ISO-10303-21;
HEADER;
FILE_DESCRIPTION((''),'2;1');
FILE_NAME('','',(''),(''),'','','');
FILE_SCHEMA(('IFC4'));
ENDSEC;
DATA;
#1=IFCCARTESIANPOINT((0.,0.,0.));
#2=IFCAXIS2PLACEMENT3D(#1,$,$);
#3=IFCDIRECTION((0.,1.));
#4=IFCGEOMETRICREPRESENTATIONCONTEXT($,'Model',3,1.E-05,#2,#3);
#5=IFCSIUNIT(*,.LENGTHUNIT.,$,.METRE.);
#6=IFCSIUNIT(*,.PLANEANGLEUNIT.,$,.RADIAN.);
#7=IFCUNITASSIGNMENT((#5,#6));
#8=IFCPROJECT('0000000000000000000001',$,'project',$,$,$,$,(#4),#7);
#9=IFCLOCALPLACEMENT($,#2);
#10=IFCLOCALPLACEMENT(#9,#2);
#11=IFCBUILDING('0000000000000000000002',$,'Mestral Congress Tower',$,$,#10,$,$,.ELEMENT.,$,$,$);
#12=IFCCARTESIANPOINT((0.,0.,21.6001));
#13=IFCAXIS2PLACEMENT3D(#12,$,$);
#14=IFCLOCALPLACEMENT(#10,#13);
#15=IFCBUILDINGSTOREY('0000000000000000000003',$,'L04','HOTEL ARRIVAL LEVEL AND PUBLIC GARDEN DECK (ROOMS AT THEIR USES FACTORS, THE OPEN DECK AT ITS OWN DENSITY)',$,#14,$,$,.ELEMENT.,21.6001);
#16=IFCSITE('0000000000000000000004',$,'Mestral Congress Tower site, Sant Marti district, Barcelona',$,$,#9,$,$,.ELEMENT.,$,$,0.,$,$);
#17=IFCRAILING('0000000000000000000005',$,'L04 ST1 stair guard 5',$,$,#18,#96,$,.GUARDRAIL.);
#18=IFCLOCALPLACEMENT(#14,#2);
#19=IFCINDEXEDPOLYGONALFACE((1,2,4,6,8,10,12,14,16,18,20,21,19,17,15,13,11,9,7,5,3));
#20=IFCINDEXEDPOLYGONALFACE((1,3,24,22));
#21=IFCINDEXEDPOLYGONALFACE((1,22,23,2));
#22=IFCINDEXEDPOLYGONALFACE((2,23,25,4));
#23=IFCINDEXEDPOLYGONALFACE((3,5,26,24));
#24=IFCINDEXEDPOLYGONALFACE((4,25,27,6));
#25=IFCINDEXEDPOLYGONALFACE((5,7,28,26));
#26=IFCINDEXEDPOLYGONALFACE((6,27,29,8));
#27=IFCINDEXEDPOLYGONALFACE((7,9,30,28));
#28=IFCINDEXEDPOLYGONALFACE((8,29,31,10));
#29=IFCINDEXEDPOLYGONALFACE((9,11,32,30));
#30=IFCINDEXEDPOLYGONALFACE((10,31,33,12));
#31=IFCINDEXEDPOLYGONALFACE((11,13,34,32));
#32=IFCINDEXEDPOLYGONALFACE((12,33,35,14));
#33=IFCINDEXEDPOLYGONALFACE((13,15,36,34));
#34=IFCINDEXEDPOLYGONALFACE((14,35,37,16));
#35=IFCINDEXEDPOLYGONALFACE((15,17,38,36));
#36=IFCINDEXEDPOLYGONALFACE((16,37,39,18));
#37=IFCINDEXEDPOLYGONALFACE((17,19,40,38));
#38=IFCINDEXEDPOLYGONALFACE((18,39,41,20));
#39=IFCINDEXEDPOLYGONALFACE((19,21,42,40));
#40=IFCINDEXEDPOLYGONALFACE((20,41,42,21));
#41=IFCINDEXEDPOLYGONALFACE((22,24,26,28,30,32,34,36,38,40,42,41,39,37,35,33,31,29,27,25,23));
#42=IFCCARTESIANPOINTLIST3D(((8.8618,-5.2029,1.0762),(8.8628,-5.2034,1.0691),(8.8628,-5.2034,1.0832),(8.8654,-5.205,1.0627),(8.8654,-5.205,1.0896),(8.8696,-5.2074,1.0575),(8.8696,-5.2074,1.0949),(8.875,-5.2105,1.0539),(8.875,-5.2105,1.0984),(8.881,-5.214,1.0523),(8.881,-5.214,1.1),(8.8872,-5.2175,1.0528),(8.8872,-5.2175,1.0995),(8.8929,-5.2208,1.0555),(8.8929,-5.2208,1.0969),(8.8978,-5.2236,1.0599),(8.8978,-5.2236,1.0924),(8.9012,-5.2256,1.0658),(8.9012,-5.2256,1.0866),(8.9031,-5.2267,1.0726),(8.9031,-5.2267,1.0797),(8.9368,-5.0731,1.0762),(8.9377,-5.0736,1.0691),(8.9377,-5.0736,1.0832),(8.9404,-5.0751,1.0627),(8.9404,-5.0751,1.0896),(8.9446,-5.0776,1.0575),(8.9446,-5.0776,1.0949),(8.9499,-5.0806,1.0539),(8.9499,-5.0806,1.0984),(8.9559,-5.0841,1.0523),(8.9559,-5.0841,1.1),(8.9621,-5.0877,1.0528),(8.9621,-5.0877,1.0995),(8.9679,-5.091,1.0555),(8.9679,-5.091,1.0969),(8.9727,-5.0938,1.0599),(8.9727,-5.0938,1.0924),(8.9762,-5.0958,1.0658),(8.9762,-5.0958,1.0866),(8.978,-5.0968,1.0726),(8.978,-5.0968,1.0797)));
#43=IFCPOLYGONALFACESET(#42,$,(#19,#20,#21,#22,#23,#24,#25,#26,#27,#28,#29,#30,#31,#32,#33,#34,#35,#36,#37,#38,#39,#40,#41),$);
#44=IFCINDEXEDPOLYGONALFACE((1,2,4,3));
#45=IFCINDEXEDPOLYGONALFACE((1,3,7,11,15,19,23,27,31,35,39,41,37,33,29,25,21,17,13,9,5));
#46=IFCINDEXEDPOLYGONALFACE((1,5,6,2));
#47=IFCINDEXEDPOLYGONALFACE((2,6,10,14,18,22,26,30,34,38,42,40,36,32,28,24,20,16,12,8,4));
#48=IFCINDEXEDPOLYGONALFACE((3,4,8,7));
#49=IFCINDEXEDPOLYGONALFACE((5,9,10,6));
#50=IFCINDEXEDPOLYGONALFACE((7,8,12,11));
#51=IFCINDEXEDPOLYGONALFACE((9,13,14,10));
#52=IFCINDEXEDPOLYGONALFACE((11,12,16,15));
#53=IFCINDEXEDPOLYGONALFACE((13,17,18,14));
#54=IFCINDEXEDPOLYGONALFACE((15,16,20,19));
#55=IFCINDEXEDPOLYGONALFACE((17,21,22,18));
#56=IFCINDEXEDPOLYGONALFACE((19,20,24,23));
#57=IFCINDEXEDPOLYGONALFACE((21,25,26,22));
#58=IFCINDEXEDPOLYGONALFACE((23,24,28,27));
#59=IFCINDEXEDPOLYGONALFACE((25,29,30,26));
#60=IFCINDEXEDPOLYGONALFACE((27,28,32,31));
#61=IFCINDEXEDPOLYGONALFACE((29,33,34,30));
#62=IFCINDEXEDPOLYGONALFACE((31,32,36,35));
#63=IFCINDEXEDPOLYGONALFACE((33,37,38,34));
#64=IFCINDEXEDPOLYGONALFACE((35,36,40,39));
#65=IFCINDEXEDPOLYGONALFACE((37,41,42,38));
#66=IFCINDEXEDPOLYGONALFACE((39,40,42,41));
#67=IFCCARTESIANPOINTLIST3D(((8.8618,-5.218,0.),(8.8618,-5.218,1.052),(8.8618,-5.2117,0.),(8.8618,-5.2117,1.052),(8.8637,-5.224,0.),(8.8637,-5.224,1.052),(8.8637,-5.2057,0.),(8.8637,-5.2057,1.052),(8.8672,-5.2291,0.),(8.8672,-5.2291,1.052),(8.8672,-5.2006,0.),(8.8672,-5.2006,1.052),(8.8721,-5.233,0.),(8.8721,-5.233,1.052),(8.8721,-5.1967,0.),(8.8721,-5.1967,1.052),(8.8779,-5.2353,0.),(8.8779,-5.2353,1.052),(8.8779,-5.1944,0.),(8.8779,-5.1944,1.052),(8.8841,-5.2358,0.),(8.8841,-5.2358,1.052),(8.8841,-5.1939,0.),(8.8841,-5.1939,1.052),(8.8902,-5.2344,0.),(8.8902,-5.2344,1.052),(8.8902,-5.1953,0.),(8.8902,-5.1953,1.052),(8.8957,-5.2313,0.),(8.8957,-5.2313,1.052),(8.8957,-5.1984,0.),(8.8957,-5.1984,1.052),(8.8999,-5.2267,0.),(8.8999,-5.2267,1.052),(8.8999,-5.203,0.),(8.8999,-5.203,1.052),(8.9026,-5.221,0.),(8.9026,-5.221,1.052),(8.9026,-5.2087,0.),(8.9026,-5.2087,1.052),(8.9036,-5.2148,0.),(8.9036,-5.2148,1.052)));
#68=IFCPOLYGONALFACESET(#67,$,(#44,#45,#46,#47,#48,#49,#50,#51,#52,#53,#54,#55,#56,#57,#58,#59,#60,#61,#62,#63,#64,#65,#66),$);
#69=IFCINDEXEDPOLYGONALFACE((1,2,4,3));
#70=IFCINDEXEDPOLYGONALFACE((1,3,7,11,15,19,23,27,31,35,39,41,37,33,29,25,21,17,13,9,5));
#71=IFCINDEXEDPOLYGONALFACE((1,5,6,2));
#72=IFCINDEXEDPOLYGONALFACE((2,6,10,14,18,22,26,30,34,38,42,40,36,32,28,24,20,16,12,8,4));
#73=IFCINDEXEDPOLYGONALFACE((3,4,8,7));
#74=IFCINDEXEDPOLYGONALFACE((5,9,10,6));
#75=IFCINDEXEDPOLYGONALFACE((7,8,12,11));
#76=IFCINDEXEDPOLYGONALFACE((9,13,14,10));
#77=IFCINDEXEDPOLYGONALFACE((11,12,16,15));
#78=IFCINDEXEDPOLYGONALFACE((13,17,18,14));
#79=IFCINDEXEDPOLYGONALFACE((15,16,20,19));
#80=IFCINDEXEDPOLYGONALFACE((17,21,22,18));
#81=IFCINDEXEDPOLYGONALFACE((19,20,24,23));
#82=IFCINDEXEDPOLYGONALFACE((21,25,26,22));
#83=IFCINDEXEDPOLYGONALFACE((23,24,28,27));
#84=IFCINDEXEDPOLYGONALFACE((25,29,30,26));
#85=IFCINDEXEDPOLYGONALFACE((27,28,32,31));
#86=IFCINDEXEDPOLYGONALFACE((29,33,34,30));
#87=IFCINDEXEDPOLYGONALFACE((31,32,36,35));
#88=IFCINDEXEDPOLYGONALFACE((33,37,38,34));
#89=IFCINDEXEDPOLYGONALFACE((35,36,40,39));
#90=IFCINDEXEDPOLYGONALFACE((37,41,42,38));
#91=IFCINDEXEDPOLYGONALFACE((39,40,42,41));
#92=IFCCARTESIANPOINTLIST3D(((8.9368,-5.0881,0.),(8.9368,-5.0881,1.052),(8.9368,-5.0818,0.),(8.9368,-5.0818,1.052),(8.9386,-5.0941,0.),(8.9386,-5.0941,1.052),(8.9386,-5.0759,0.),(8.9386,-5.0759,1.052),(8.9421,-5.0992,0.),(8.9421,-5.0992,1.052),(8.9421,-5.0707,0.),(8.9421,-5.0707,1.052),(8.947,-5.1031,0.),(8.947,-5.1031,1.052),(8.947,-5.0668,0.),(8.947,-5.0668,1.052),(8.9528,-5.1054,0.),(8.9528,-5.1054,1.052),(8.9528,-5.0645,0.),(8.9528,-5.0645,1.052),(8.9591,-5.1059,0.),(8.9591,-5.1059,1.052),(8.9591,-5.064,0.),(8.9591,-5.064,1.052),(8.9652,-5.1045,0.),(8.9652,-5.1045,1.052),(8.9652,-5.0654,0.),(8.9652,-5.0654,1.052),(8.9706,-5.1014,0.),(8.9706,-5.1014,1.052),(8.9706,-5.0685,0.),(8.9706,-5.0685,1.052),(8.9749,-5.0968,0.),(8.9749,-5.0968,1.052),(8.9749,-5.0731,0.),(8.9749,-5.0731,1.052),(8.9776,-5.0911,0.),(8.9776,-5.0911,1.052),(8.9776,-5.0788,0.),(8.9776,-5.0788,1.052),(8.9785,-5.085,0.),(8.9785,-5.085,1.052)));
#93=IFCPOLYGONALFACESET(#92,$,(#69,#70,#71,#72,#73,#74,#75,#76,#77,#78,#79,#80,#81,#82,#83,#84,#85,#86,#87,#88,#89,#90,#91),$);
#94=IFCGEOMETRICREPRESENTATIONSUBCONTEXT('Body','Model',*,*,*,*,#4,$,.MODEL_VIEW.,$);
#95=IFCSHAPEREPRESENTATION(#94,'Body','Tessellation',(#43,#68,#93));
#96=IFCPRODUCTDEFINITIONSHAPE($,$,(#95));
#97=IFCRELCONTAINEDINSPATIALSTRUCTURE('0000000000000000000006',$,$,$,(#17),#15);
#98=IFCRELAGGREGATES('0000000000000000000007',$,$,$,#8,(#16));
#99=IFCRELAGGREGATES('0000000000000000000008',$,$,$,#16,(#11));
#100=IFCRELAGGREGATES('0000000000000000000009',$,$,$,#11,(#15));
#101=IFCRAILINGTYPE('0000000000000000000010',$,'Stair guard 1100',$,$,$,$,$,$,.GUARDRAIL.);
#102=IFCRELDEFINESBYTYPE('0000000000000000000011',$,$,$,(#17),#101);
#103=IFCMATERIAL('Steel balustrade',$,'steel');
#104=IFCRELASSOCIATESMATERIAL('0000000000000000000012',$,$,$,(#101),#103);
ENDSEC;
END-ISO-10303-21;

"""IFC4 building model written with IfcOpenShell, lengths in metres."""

from ifc_helpers import new_model, si_unit, direction, frame, origin, origin_2d, place, context, subcontext, project, spatial, circle, extrude, material, type_object, element, save


model = new_model("IFC4")

# Units and contexts
model_context = context("Model", 3, precision=1e-05, world=origin(), true_north=direction((0.0, 1.0)))
body_context = subcontext(model_context, "Body", "Model", "MODEL_VIEW")
ifc_project = project(units=[si_unit("LENGTHUNIT", "METRE"), si_unit("PLANEANGLEUNIT", "RADIAN")], contexts=[model_context])

# Site, building, storey
site_placement = place(None, origin())
site = spatial("IfcSite", under=ifc_project, at=site_placement, Name="Mestral Congress Tower site, Sant Marti district, Barcelona", CompositionType="ELEMENT", RefElevation=0.0)
building_placement = place(site_placement, origin())
building = spatial("IfcBuilding", under=site, at=building_placement, Name="Mestral Congress Tower", CompositionType="ELEMENT")
storey_placement = place(building_placement, frame((0.0, 0.0, 21.6001)))
storey = spatial("IfcBuildingStorey", under=building, at=storey_placement, Name="L04", Description="HOTEL ARRIVAL LEVEL AND PUBLIC GARDEN DECK (ROOMS AT THEIR USES FACTORS, THE OPEN DECK AT ITS OWN DENSITY)", CompositionType="ELEMENT", Elevation=21.6001)

# Railing
ifc_material_1 = material(Name="Steel balustrade", Category="steel")
railing_type_1 = type_object("IfcRailingType", Name="Stair guard 1100", PredefinedType="GUARDRAIL", material=ifc_material_1)
railing_1_placement = place(storey_placement, frame((8.8826, -5.2148, 0.0)))
element("IfcRailing", 1, at=railing_1_placement, inside=storey, type_object=railing_type_1, Name="L04 ST1 stair guard 5", PredefinedType="GUARDRAIL", context=body_context, shape_type="SweptSolid", body=[
    extrude(circle(Radius=0.0239, at=origin_2d()), frame((0.0, 0.0, 1.0762), z_axis=(0.499816, 0.866131, 0.0), x_axis=(-0.866131, 0.499816, 0.0)), (0.0, 0.0, 1.0), 0.1499),
    extrude(circle(Radius=0.021, at=origin_2d()), origin(), (0.0, 0.0, 1.0), 1.052),
    extrude(circle(Radius=0.021, at=origin_2d()), frame((0.075, 0.1299, 0.0)), (0.0, 0.0, 1.0), 1.052),
])

save(model, "model.ifc")
